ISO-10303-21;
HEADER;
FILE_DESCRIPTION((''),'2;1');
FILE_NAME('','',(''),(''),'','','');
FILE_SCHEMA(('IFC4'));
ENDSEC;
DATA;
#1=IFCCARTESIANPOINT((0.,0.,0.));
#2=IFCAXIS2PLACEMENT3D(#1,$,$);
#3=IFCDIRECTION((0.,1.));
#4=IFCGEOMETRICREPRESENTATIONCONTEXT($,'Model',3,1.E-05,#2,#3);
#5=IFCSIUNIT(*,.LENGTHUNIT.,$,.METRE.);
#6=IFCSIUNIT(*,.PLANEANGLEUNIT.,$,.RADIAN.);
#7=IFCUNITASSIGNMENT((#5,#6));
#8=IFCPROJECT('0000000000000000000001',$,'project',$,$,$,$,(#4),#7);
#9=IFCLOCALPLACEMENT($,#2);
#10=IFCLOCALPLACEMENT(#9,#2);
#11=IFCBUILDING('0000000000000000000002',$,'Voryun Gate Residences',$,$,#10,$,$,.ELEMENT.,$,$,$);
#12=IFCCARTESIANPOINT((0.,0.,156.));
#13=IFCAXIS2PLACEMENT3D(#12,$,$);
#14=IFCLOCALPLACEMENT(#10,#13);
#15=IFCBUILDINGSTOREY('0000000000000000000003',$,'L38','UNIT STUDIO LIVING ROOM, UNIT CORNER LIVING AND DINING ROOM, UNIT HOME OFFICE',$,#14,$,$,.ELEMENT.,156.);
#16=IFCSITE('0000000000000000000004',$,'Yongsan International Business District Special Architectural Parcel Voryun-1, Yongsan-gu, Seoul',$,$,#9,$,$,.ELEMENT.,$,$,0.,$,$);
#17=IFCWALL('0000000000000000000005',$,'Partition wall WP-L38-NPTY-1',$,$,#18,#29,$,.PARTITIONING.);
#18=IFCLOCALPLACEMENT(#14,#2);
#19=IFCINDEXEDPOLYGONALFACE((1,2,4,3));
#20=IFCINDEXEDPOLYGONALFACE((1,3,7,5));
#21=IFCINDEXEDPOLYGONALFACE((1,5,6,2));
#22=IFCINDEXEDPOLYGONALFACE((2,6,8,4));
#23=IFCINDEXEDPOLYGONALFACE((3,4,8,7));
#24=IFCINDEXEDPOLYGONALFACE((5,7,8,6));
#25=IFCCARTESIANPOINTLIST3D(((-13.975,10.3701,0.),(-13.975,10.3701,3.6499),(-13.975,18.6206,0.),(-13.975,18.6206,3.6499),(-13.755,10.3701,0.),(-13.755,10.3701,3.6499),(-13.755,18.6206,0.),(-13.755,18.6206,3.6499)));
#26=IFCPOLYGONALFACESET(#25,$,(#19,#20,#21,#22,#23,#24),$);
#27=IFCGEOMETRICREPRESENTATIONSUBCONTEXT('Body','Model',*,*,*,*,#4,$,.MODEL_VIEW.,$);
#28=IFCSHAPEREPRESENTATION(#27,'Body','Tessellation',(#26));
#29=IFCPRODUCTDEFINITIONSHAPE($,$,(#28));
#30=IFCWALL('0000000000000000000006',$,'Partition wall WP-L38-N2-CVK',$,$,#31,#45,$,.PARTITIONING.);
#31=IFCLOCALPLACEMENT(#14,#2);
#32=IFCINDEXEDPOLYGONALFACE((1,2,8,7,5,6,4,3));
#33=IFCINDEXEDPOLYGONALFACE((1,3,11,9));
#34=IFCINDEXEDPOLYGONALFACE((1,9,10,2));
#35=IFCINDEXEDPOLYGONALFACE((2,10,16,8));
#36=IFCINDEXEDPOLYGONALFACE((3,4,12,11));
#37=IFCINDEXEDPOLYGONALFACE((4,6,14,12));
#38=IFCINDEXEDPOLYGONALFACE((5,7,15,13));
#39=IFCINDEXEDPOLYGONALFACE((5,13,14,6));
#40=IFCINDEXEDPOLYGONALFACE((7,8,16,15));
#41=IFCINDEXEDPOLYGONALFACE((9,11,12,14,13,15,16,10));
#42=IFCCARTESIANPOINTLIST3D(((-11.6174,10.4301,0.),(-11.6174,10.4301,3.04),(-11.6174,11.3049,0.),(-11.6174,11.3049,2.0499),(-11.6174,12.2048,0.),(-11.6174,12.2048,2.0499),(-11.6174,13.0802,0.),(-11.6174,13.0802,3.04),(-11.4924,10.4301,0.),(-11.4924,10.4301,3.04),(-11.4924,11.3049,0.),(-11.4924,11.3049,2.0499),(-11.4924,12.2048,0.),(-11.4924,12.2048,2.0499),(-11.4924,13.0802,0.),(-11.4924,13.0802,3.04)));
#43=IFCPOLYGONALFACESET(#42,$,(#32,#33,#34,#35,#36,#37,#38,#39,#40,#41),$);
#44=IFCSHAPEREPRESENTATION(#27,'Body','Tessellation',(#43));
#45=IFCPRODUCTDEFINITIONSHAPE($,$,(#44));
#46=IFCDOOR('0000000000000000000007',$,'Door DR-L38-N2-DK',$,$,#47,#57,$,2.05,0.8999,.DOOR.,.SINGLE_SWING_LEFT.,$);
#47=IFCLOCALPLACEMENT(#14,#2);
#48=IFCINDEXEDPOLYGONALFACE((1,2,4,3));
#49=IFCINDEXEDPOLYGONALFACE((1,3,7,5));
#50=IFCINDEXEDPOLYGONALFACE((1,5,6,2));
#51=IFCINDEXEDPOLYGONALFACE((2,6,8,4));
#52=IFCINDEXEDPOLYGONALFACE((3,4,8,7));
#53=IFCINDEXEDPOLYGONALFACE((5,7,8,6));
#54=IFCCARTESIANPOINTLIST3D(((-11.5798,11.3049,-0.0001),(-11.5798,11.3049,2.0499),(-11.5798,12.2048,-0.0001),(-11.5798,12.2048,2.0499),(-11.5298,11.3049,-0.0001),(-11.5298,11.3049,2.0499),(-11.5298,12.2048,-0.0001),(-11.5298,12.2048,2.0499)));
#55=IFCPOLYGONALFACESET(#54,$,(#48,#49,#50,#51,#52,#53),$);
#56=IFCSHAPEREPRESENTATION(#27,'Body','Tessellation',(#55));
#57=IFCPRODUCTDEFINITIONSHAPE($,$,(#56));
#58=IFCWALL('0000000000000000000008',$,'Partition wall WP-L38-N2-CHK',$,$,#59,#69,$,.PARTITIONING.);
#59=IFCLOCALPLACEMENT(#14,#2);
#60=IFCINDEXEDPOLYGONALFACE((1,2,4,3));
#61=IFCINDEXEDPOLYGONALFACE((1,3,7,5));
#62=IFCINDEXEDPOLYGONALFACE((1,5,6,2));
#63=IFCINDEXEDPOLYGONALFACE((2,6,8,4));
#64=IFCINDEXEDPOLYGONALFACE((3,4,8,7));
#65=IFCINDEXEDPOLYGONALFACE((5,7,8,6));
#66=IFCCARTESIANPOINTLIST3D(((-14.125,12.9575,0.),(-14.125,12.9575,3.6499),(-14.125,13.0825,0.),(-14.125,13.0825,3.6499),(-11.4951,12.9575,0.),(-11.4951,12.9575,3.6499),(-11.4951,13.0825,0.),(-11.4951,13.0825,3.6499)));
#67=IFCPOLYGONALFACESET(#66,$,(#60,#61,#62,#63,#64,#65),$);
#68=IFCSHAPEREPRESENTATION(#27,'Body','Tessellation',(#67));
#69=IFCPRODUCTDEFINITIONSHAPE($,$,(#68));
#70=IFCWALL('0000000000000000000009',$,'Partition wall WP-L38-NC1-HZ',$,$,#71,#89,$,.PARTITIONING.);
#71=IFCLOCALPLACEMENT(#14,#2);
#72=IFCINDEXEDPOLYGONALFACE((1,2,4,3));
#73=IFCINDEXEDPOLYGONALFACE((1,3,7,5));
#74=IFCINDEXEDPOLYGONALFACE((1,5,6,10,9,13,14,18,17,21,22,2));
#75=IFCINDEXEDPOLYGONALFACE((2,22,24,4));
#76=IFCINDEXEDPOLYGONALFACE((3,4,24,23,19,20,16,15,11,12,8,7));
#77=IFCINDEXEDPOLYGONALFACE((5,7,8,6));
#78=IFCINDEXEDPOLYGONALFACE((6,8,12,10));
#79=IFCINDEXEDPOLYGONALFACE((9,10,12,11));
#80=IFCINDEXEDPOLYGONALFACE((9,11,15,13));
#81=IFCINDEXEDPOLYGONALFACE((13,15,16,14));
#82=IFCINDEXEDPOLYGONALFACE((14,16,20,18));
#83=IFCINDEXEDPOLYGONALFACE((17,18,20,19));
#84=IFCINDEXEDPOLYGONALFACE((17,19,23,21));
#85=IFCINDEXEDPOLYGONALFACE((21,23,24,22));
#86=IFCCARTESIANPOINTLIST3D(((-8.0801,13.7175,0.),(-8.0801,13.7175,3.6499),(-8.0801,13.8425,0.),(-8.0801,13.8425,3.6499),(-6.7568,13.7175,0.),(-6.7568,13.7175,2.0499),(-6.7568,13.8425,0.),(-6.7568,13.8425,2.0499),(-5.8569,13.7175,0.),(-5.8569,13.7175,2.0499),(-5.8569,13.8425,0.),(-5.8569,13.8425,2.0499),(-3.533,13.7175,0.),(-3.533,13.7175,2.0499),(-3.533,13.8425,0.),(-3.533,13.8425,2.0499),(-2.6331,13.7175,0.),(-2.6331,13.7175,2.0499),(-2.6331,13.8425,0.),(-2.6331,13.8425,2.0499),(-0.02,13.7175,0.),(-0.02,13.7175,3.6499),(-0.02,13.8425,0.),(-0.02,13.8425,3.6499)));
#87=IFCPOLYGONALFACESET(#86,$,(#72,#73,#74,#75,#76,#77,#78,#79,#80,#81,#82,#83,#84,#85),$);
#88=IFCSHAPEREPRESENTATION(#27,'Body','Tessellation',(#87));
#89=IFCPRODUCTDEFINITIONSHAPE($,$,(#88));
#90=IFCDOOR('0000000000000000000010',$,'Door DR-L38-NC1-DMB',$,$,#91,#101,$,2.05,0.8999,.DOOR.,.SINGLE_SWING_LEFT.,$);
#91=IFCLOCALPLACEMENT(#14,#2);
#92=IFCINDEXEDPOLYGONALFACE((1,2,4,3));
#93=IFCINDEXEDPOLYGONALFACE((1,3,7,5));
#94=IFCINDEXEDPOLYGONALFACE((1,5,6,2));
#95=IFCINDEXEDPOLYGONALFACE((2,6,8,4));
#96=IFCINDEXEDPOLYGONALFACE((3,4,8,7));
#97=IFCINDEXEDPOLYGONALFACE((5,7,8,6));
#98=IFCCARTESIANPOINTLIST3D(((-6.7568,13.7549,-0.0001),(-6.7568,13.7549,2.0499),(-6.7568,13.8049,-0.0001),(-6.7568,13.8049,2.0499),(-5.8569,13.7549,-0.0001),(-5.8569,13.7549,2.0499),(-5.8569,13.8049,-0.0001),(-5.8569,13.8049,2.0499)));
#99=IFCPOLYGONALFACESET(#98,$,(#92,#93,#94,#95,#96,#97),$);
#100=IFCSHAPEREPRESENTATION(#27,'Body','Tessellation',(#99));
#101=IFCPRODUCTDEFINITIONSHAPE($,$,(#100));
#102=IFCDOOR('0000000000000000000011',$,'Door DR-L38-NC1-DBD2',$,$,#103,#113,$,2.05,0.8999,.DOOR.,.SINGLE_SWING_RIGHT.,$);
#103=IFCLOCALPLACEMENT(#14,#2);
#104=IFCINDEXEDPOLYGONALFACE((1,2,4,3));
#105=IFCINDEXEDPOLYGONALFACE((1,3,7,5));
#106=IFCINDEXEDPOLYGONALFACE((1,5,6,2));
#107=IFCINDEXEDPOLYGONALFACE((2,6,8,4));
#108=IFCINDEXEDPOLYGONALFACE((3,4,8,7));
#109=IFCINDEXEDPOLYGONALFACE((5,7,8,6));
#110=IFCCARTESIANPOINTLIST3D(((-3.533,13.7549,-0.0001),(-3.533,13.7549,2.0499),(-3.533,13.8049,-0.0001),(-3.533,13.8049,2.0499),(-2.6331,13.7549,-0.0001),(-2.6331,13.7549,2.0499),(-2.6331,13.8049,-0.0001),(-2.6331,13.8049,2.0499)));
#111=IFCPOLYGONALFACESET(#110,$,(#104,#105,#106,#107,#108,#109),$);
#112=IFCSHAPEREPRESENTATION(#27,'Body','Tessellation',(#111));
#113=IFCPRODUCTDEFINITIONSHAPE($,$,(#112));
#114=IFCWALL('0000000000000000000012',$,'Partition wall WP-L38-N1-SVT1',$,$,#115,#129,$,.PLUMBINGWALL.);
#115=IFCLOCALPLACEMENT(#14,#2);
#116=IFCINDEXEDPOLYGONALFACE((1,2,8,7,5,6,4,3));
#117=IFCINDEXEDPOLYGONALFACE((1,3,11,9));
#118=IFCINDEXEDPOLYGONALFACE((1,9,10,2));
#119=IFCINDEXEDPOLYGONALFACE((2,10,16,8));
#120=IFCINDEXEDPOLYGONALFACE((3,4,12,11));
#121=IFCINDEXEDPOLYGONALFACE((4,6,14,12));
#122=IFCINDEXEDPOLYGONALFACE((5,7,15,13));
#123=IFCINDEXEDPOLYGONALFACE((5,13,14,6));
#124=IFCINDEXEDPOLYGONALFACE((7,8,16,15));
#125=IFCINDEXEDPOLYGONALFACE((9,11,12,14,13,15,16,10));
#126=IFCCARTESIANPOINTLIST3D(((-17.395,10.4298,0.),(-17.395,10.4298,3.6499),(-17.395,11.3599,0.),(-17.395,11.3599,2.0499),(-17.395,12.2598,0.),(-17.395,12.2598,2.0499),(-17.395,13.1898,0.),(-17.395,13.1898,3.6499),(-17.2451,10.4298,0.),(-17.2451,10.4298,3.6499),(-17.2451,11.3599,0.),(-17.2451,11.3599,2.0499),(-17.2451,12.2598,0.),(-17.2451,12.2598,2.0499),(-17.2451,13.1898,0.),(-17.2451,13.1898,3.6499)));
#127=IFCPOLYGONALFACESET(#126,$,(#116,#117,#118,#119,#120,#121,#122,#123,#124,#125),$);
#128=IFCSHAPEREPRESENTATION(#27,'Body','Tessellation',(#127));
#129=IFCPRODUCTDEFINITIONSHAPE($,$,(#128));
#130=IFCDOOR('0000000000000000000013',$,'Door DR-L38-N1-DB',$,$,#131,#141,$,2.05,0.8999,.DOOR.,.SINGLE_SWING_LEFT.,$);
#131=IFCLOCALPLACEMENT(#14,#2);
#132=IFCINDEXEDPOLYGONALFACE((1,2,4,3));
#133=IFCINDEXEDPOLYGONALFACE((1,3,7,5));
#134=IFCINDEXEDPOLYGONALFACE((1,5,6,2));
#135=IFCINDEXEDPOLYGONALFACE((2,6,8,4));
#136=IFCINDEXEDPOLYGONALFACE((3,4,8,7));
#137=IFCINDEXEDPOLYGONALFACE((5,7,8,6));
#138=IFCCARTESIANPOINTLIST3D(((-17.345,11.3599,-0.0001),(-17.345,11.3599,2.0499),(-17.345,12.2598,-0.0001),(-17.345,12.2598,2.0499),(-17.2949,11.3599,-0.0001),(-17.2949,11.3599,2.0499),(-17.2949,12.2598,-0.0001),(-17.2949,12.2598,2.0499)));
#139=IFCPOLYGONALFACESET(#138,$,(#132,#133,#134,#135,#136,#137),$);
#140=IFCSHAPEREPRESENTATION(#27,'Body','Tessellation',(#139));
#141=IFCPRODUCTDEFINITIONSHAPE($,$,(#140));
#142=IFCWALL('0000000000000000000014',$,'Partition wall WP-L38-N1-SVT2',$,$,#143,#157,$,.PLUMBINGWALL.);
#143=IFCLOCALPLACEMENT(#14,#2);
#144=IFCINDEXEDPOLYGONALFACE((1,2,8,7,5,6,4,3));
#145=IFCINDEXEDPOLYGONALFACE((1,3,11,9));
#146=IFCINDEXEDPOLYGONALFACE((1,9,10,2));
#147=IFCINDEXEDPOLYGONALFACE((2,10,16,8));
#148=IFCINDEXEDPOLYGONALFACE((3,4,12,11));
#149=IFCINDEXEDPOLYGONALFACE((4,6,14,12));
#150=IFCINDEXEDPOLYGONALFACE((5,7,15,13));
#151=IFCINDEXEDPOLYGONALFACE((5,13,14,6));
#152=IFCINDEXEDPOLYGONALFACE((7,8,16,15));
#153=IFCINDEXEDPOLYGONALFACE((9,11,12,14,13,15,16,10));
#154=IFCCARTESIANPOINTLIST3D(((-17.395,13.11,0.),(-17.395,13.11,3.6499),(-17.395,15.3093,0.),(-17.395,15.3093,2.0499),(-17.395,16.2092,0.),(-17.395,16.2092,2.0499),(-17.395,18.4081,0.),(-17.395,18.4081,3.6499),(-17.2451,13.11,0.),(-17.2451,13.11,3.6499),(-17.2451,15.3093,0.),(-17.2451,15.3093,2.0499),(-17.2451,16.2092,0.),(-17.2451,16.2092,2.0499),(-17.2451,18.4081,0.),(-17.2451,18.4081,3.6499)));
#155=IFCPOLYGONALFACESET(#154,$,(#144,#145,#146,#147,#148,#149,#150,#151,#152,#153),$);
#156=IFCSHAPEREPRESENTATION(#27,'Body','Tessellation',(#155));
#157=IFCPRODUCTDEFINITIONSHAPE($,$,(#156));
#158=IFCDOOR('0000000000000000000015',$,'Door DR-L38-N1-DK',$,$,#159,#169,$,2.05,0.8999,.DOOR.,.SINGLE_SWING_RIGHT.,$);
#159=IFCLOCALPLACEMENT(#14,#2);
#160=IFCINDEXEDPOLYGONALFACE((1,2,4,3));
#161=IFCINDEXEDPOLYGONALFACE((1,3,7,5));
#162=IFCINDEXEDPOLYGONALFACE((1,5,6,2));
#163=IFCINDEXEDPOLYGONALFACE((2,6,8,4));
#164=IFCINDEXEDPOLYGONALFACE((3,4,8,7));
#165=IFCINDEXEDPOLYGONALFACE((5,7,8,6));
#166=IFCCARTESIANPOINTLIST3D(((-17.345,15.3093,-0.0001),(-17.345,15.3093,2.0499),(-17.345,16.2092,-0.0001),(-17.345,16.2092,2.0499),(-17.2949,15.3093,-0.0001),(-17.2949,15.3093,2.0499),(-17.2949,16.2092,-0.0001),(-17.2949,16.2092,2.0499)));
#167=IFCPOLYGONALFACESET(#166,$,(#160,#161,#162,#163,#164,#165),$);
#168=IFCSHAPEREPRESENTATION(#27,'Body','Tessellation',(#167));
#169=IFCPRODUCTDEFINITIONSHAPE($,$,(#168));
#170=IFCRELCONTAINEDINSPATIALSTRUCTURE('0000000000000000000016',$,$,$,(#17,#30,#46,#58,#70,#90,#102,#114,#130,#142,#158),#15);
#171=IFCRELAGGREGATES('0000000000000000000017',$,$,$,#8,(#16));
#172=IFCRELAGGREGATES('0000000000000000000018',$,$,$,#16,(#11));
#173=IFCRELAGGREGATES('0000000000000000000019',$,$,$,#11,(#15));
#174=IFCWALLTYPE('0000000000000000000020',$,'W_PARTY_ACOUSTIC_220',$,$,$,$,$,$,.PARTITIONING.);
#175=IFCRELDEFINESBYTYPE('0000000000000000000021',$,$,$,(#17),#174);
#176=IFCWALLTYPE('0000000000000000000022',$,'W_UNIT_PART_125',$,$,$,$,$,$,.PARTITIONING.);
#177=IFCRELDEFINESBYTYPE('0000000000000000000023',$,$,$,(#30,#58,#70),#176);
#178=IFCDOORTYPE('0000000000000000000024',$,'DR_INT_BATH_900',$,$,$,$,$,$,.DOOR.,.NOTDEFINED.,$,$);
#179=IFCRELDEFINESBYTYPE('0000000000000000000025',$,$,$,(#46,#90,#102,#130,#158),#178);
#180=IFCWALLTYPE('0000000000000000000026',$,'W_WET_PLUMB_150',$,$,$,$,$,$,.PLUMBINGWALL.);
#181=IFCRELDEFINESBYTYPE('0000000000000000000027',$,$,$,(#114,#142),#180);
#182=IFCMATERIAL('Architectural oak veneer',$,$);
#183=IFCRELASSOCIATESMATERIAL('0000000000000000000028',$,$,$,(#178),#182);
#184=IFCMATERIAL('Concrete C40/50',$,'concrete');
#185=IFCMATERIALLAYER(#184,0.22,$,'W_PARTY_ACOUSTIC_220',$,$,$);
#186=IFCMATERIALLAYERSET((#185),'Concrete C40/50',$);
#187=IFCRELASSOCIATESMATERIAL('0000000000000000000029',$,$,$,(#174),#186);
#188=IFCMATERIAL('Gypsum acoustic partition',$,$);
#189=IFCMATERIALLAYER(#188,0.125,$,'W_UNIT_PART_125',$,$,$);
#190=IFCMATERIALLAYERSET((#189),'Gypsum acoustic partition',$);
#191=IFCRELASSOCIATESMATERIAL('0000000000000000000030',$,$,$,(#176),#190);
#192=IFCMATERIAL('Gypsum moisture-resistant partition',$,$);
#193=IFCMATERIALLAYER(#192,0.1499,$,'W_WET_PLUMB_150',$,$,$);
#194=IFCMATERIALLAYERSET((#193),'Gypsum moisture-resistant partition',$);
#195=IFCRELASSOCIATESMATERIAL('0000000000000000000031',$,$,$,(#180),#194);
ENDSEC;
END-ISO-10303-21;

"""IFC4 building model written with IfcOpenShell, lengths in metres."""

from ifc_helpers import new_model, si_unit, direction, frame, frame_2d, origin, place, context, subcontext, project, spatial, rectangle, extrude, material, layer, layer_set, type_object, element, fill, save


model = new_model("IFC4")

# Units and contexts
model_context = context("Model", 3, precision=1e-05, world=origin(), true_north=direction((0.0, 1.0)))
body_context = subcontext(model_context, "Body", "Model", "MODEL_VIEW")
ifc_project = project(units=[si_unit("LENGTHUNIT", "METRE"), si_unit("PLANEANGLEUNIT", "RADIAN")], contexts=[model_context])

# Site, building, storey
site_placement = place(None, origin())
site = spatial("IfcSite", under=ifc_project, at=site_placement, Name="Yongsan International Business District Special Architectural Parcel Voryun-1, Yongsan-gu, Seoul", CompositionType="ELEMENT", RefElevation=0.0)
building_placement = place(site_placement, origin())
building = spatial("IfcBuilding", under=site, at=building_placement, Name="Voryun Gate Residences", CompositionType="ELEMENT")
storey_placement = place(building_placement, frame((0.0, 0.0, 156.0)))
storey = spatial("IfcBuildingStorey", under=building, at=storey_placement, Name="L38", Description="UNIT STUDIO LIVING ROOM, UNIT CORNER LIVING AND DINING ROOM, UNIT HOME OFFICE", CompositionType="ELEMENT", Elevation=156.0)

# Shared definitions
ifc_material_1 = material(Name="Architectural oak veneer")
door_type = type_object("IfcDoorType", Name="DR_INT_BATH_900", OperationType="NOTDEFINED", PredefinedType="DOOR", material=ifc_material_1)

# Wall
ifc_material_2 = material(Name="Concrete C40/50", Category="concrete")
ifc_layer_1 = layer(ifc_material_2, 0.22, Name="W_PARTY_ACOUSTIC_220")
ifc_layer_set_1 = layer_set([ifc_layer_1], Name="Concrete C40/50")
wall_type_1 = type_object("IfcWallType", Name="W_PARTY_ACOUSTIC_220", PredefinedType="PARTITIONING", material=ifc_layer_set_1)
wall_1_placement = place(storey_placement, frame((-13.865, 10.3701, 0.0), z_axis=(0.0, 0.0, 1.0), x_axis=(0.0, 1.0, 0.0)))
element("IfcWall", 1, at=wall_1_placement, inside=storey, type_object=wall_type_1, Name="Partition wall WP-L38-NPTY-1", PredefinedType="PARTITIONING", context=body_context, shape_type="SweptSolid", body=[
    extrude(rectangle(XDim=8.2505, YDim=0.22, at=frame_2d((4.1252, 0.0))), origin(), (0.0, 0.0, 1.0), 3.6499),
])

# Wall, opening, door
ifc_material_3 = material(Name="Gypsum acoustic partition")
ifc_layer_2 = layer(ifc_material_3, 0.125, Name="W_UNIT_PART_125")
ifc_layer_set_2 = layer_set([ifc_layer_2], Name="Gypsum acoustic partition")
wall_type_2 = type_object("IfcWallType", Name="W_UNIT_PART_125", PredefinedType="PARTITIONING", material=ifc_layer_set_2)
wall_2_placement = place(storey_placement, frame((-11.5549, 10.4299, 0.0), z_axis=(0.0, 0.0, 1.0), x_axis=(0.0, 1.0, 0.0)))
wall_2 = element("IfcWall", 2, at=wall_2_placement, inside=storey, type_object=wall_type_2, Name="Partition wall WP-L38-N2-CVK", PredefinedType="PARTITIONING", context=body_context, shape_type="SweptSolid", body=[
    extrude(rectangle(XDim=2.6501, YDim=0.125, at=frame_2d((1.3252, 0.0))), origin(), (0.0, 0.0, 1.0), 3.04),
])
opening_1_placement = place(wall_2_placement, frame((0.875, 0.0, 0.0)))
opening_1 = element("IfcOpeningElement", 3, at=opening_1_placement, cuts=wall_2, PredefinedType="OPENING", context=body_context, shape_type="SweptSolid", body=[
    extrude(rectangle(XDim=0.8999, YDim=2.05, at=frame_2d((0.45, 1.0249))), frame((0.0, 0.0725, 0.0), z_axis=(0.0, -1.0, 0.0), x_axis=(1.0, 0.0, 0.0)), (0.0, 0.0, 1.0), 0.145),
])
door_1_placement = place(opening_1_placement, origin())
door_1 = element("IfcDoor", 4, at=door_1_placement, inside=storey, type_object=door_type, Name="Door DR-L38-N2-DK", OperationType="SINGLE_SWING_LEFT", OverallHeight=2.05, OverallWidth=0.8999, PredefinedType="DOOR", context=body_context, shape_type="SweptSolid", body=[
    extrude(rectangle(XDim=0.8999, YDim=2.05, at=frame_2d((0.45, 1.0249))), frame((0.0, 0.0249, 0.0), z_axis=(0.0, -1.0, 0.0), x_axis=(1.0, 0.0, 0.0)), (0.0, 0.0, 1.0), 0.05),
])
fill(opening_1, door_1)

# Wall
wall_3_placement = place(storey_placement, frame((-14.125, 13.02, 0.0), z_axis=(0.0, 0.0, 1.0), x_axis=(1.0, 0.0, 0.0)))
element("IfcWall", 5, at=wall_3_placement, inside=storey, type_object=wall_type_2, Name="Partition wall WP-L38-N2-CHK", PredefinedType="PARTITIONING", context=body_context, shape_type="SweptSolid", body=[
    extrude(rectangle(XDim=2.6299, YDim=0.125, at=frame_2d((1.3149, 0.0))), origin(), (0.0, 0.0, 1.0), 3.6499),
])

# Wall, openings, doors
wall_4_placement = place(storey_placement, frame((-8.0801, 13.78, 0.0), z_axis=(0.0, 0.0, 1.0), x_axis=(1.0, 0.0, 0.0)))
wall_4 = element("IfcWall", 6, at=wall_4_placement, inside=storey, type_object=wall_type_2, Name="Partition wall WP-L38-NC1-HZ", PredefinedType="PARTITIONING", context=body_context, shape_type="SweptSolid", body=[
    extrude(rectangle(XDim=8.0601, YDim=0.125, at=frame_2d((4.03, 0.0))), origin(), (0.0, 0.0, 1.0), 3.6499),
])
opening_2_placement = place(wall_4_placement, frame((1.3232, 0.0, 0.0)))
opening_2 = element("IfcOpeningElement", 7, at=opening_2_placement, cuts=wall_4, PredefinedType="OPENING", context=body_context, shape_type="SweptSolid", body=[
    extrude(rectangle(XDim=0.8999, YDim=2.05, at=frame_2d((0.45, 1.0249))), frame((0.0, 0.0725, 0.0), z_axis=(0.0, -1.0, 0.0), x_axis=(1.0, 0.0, 0.0)), (0.0, 0.0, 1.0), 0.145),
])
opening_3_placement = place(wall_4_placement, frame((4.5471, 0.0, 0.0)))
opening_3 = element("IfcOpeningElement", 8, at=opening_3_placement, cuts=wall_4, PredefinedType="OPENING", context=body_context, shape_type="SweptSolid", body=[
    extrude(rectangle(XDim=0.8999, YDim=2.05, at=frame_2d((0.45, 1.0249))), frame((0.0, 0.0725, 0.0), z_axis=(0.0, -1.0, 0.0), x_axis=(1.0, 0.0, 0.0)), (0.0, 0.0, 1.0), 0.145),
])
door_2_placement = place(opening_2_placement, origin())
door_2 = element("IfcDoor", 9, at=door_2_placement, inside=storey, type_object=door_type, Name="Door DR-L38-NC1-DMB", OperationType="SINGLE_SWING_LEFT", OverallHeight=2.05, OverallWidth=0.8999, PredefinedType="DOOR", context=body_context, shape_type="SweptSolid", body=[
    extrude(rectangle(XDim=0.8999, YDim=2.05, at=frame_2d((0.45, 1.0249))), frame((0.0, 0.0249, 0.0), z_axis=(0.0, -1.0, 0.0), x_axis=(1.0, 0.0, 0.0)), (0.0, 0.0, 1.0), 0.05),
])
fill(opening_2, door_2)
door_3_placement = place(opening_3_placement, origin())
door_3 = element("IfcDoor", 10, at=door_3_placement, inside=storey, type_object=door_type, Name="Door DR-L38-NC1-DBD2", OperationType="SINGLE_SWING_RIGHT", OverallHeight=2.05, OverallWidth=0.8999, PredefinedType="DOOR", context=body_context, shape_type="SweptSolid", body=[
    extrude(rectangle(XDim=0.8999, YDim=2.05, at=frame_2d((0.45, 1.0249))), frame((0.0, 0.0249, 0.0), z_axis=(0.0, -1.0, 0.0), x_axis=(1.0, 0.0, 0.0)), (0.0, 0.0, 1.0), 0.05),
])
fill(opening_3, door_3)

# Walls, openings, doors
ifc_material_4 = material(Name="Gypsum moisture-resistant partition")
ifc_layer_3 = layer(ifc_material_4, 0.1499, Name="W_WET_PLUMB_150")
ifc_layer_set_3 = layer_set([ifc_layer_3], Name="Gypsum moisture-resistant partition")
wall_type_3 = type_object("IfcWallType", Name="W_WET_PLUMB_150", PredefinedType="PLUMBINGWALL", material=ifc_layer_set_3)
wall_5_placement = place(storey_placement, frame((-17.3201, 10.4299, 0.0), z_axis=(0.0, 0.0, 1.0), x_axis=(0.0, 1.0, 0.0)))
wall_5 = element("IfcWall", 11, at=wall_5_placement, inside=storey, type_object=wall_type_3, Name="Partition wall WP-L38-N1-SVT1", PredefinedType="PLUMBINGWALL", context=body_context, shape_type="SweptSolid", body=[
    extrude(rectangle(XDim=2.76, YDim=0.1499, at=frame_2d((1.3799, 0.0))), origin(), (0.0, 0.0, 1.0), 3.6499),
])
opening_4_placement = place(wall_5_placement, frame((0.9299, 0.0, 0.0)))
opening_4 = element("IfcOpeningElement", 12, at=opening_4_placement, cuts=wall_5, PredefinedType="OPENING", context=body_context, shape_type="SweptSolid", body=[
    extrude(rectangle(XDim=0.8999, YDim=2.05, at=frame_2d((0.45, 1.0249))), frame((0.0, 0.085, 0.0), z_axis=(0.0, -1.0, 0.0), x_axis=(1.0, 0.0, 0.0)), (0.0, 0.0, 1.0), 0.1699),
])
door_4_placement = place(opening_4_placement, origin())
door_4 = element("IfcDoor", 13, at=door_4_placement, inside=storey, type_object=door_type, Name="Door DR-L38-N1-DB", OperationType="SINGLE_SWING_LEFT", OverallHeight=2.05, OverallWidth=0.8999, PredefinedType="DOOR", context=body_context, shape_type="SweptSolid", body=[
    extrude(rectangle(XDim=0.8999, YDim=2.05, at=frame_2d((0.45, 1.0249))), frame((0.0, 0.0249, 0.0), z_axis=(0.0, -1.0, 0.0), x_axis=(1.0, 0.0, 0.0)), (0.0, 0.0, 1.0), 0.05),
])
fill(opening_4, door_4)
wall_6_placement = place(storey_placement, frame((-17.3201, 13.1101, 0.0), z_axis=(0.0, 0.0, 1.0), x_axis=(0.0, 1.0, 0.0)))
wall_6 = element("IfcWall", 14, at=wall_6_placement, inside=storey, type_object=wall_type_3, Name="Partition wall WP-L38-N1-SVT2", PredefinedType="PLUMBINGWALL", context=body_context, shape_type="SweptSolid", body=[
    extrude(rectangle(XDim=5.2981, YDim=0.1499, at=frame_2d((2.6489, 0.0))), origin(), (0.0, 0.0, 1.0), 3.6499),
])
opening_5_placement = place(wall_6_placement, frame((2.1992, 0.0, 0.0)))
opening_5 = element("IfcOpeningElement", 15, at=opening_5_placement, cuts=wall_6, PredefinedType="OPENING", context=body_context, shape_type="SweptSolid", body=[
    extrude(rectangle(XDim=0.8999, YDim=2.05, at=frame_2d((0.45, 1.0249))), frame((0.0, 0.085, 0.0), z_axis=(0.0, -1.0, 0.0), x_axis=(1.0, 0.0, 0.0)), (0.0, 0.0, 1.0), 0.1699),
])
door_5_placement = place(opening_5_placement, origin())
door_5 = element("IfcDoor", 16, at=door_5_placement, inside=storey, type_object=door_type, Name="Door DR-L38-N1-DK", OperationType="SINGLE_SWING_RIGHT", OverallHeight=2.05, OverallWidth=0.8999, PredefinedType="DOOR", context=body_context, shape_type="SweptSolid", body=[
    extrude(rectangle(XDim=0.8999, YDim=2.05, at=frame_2d((0.45, 1.0249))), frame((0.0, 0.0249, 0.0), z_axis=(0.0, -1.0, 0.0), x_axis=(1.0, 0.0, 0.0)), (0.0, 0.0, 1.0), 0.05),
])
fill(opening_5, door_5)

save(model, "model.ifc")
